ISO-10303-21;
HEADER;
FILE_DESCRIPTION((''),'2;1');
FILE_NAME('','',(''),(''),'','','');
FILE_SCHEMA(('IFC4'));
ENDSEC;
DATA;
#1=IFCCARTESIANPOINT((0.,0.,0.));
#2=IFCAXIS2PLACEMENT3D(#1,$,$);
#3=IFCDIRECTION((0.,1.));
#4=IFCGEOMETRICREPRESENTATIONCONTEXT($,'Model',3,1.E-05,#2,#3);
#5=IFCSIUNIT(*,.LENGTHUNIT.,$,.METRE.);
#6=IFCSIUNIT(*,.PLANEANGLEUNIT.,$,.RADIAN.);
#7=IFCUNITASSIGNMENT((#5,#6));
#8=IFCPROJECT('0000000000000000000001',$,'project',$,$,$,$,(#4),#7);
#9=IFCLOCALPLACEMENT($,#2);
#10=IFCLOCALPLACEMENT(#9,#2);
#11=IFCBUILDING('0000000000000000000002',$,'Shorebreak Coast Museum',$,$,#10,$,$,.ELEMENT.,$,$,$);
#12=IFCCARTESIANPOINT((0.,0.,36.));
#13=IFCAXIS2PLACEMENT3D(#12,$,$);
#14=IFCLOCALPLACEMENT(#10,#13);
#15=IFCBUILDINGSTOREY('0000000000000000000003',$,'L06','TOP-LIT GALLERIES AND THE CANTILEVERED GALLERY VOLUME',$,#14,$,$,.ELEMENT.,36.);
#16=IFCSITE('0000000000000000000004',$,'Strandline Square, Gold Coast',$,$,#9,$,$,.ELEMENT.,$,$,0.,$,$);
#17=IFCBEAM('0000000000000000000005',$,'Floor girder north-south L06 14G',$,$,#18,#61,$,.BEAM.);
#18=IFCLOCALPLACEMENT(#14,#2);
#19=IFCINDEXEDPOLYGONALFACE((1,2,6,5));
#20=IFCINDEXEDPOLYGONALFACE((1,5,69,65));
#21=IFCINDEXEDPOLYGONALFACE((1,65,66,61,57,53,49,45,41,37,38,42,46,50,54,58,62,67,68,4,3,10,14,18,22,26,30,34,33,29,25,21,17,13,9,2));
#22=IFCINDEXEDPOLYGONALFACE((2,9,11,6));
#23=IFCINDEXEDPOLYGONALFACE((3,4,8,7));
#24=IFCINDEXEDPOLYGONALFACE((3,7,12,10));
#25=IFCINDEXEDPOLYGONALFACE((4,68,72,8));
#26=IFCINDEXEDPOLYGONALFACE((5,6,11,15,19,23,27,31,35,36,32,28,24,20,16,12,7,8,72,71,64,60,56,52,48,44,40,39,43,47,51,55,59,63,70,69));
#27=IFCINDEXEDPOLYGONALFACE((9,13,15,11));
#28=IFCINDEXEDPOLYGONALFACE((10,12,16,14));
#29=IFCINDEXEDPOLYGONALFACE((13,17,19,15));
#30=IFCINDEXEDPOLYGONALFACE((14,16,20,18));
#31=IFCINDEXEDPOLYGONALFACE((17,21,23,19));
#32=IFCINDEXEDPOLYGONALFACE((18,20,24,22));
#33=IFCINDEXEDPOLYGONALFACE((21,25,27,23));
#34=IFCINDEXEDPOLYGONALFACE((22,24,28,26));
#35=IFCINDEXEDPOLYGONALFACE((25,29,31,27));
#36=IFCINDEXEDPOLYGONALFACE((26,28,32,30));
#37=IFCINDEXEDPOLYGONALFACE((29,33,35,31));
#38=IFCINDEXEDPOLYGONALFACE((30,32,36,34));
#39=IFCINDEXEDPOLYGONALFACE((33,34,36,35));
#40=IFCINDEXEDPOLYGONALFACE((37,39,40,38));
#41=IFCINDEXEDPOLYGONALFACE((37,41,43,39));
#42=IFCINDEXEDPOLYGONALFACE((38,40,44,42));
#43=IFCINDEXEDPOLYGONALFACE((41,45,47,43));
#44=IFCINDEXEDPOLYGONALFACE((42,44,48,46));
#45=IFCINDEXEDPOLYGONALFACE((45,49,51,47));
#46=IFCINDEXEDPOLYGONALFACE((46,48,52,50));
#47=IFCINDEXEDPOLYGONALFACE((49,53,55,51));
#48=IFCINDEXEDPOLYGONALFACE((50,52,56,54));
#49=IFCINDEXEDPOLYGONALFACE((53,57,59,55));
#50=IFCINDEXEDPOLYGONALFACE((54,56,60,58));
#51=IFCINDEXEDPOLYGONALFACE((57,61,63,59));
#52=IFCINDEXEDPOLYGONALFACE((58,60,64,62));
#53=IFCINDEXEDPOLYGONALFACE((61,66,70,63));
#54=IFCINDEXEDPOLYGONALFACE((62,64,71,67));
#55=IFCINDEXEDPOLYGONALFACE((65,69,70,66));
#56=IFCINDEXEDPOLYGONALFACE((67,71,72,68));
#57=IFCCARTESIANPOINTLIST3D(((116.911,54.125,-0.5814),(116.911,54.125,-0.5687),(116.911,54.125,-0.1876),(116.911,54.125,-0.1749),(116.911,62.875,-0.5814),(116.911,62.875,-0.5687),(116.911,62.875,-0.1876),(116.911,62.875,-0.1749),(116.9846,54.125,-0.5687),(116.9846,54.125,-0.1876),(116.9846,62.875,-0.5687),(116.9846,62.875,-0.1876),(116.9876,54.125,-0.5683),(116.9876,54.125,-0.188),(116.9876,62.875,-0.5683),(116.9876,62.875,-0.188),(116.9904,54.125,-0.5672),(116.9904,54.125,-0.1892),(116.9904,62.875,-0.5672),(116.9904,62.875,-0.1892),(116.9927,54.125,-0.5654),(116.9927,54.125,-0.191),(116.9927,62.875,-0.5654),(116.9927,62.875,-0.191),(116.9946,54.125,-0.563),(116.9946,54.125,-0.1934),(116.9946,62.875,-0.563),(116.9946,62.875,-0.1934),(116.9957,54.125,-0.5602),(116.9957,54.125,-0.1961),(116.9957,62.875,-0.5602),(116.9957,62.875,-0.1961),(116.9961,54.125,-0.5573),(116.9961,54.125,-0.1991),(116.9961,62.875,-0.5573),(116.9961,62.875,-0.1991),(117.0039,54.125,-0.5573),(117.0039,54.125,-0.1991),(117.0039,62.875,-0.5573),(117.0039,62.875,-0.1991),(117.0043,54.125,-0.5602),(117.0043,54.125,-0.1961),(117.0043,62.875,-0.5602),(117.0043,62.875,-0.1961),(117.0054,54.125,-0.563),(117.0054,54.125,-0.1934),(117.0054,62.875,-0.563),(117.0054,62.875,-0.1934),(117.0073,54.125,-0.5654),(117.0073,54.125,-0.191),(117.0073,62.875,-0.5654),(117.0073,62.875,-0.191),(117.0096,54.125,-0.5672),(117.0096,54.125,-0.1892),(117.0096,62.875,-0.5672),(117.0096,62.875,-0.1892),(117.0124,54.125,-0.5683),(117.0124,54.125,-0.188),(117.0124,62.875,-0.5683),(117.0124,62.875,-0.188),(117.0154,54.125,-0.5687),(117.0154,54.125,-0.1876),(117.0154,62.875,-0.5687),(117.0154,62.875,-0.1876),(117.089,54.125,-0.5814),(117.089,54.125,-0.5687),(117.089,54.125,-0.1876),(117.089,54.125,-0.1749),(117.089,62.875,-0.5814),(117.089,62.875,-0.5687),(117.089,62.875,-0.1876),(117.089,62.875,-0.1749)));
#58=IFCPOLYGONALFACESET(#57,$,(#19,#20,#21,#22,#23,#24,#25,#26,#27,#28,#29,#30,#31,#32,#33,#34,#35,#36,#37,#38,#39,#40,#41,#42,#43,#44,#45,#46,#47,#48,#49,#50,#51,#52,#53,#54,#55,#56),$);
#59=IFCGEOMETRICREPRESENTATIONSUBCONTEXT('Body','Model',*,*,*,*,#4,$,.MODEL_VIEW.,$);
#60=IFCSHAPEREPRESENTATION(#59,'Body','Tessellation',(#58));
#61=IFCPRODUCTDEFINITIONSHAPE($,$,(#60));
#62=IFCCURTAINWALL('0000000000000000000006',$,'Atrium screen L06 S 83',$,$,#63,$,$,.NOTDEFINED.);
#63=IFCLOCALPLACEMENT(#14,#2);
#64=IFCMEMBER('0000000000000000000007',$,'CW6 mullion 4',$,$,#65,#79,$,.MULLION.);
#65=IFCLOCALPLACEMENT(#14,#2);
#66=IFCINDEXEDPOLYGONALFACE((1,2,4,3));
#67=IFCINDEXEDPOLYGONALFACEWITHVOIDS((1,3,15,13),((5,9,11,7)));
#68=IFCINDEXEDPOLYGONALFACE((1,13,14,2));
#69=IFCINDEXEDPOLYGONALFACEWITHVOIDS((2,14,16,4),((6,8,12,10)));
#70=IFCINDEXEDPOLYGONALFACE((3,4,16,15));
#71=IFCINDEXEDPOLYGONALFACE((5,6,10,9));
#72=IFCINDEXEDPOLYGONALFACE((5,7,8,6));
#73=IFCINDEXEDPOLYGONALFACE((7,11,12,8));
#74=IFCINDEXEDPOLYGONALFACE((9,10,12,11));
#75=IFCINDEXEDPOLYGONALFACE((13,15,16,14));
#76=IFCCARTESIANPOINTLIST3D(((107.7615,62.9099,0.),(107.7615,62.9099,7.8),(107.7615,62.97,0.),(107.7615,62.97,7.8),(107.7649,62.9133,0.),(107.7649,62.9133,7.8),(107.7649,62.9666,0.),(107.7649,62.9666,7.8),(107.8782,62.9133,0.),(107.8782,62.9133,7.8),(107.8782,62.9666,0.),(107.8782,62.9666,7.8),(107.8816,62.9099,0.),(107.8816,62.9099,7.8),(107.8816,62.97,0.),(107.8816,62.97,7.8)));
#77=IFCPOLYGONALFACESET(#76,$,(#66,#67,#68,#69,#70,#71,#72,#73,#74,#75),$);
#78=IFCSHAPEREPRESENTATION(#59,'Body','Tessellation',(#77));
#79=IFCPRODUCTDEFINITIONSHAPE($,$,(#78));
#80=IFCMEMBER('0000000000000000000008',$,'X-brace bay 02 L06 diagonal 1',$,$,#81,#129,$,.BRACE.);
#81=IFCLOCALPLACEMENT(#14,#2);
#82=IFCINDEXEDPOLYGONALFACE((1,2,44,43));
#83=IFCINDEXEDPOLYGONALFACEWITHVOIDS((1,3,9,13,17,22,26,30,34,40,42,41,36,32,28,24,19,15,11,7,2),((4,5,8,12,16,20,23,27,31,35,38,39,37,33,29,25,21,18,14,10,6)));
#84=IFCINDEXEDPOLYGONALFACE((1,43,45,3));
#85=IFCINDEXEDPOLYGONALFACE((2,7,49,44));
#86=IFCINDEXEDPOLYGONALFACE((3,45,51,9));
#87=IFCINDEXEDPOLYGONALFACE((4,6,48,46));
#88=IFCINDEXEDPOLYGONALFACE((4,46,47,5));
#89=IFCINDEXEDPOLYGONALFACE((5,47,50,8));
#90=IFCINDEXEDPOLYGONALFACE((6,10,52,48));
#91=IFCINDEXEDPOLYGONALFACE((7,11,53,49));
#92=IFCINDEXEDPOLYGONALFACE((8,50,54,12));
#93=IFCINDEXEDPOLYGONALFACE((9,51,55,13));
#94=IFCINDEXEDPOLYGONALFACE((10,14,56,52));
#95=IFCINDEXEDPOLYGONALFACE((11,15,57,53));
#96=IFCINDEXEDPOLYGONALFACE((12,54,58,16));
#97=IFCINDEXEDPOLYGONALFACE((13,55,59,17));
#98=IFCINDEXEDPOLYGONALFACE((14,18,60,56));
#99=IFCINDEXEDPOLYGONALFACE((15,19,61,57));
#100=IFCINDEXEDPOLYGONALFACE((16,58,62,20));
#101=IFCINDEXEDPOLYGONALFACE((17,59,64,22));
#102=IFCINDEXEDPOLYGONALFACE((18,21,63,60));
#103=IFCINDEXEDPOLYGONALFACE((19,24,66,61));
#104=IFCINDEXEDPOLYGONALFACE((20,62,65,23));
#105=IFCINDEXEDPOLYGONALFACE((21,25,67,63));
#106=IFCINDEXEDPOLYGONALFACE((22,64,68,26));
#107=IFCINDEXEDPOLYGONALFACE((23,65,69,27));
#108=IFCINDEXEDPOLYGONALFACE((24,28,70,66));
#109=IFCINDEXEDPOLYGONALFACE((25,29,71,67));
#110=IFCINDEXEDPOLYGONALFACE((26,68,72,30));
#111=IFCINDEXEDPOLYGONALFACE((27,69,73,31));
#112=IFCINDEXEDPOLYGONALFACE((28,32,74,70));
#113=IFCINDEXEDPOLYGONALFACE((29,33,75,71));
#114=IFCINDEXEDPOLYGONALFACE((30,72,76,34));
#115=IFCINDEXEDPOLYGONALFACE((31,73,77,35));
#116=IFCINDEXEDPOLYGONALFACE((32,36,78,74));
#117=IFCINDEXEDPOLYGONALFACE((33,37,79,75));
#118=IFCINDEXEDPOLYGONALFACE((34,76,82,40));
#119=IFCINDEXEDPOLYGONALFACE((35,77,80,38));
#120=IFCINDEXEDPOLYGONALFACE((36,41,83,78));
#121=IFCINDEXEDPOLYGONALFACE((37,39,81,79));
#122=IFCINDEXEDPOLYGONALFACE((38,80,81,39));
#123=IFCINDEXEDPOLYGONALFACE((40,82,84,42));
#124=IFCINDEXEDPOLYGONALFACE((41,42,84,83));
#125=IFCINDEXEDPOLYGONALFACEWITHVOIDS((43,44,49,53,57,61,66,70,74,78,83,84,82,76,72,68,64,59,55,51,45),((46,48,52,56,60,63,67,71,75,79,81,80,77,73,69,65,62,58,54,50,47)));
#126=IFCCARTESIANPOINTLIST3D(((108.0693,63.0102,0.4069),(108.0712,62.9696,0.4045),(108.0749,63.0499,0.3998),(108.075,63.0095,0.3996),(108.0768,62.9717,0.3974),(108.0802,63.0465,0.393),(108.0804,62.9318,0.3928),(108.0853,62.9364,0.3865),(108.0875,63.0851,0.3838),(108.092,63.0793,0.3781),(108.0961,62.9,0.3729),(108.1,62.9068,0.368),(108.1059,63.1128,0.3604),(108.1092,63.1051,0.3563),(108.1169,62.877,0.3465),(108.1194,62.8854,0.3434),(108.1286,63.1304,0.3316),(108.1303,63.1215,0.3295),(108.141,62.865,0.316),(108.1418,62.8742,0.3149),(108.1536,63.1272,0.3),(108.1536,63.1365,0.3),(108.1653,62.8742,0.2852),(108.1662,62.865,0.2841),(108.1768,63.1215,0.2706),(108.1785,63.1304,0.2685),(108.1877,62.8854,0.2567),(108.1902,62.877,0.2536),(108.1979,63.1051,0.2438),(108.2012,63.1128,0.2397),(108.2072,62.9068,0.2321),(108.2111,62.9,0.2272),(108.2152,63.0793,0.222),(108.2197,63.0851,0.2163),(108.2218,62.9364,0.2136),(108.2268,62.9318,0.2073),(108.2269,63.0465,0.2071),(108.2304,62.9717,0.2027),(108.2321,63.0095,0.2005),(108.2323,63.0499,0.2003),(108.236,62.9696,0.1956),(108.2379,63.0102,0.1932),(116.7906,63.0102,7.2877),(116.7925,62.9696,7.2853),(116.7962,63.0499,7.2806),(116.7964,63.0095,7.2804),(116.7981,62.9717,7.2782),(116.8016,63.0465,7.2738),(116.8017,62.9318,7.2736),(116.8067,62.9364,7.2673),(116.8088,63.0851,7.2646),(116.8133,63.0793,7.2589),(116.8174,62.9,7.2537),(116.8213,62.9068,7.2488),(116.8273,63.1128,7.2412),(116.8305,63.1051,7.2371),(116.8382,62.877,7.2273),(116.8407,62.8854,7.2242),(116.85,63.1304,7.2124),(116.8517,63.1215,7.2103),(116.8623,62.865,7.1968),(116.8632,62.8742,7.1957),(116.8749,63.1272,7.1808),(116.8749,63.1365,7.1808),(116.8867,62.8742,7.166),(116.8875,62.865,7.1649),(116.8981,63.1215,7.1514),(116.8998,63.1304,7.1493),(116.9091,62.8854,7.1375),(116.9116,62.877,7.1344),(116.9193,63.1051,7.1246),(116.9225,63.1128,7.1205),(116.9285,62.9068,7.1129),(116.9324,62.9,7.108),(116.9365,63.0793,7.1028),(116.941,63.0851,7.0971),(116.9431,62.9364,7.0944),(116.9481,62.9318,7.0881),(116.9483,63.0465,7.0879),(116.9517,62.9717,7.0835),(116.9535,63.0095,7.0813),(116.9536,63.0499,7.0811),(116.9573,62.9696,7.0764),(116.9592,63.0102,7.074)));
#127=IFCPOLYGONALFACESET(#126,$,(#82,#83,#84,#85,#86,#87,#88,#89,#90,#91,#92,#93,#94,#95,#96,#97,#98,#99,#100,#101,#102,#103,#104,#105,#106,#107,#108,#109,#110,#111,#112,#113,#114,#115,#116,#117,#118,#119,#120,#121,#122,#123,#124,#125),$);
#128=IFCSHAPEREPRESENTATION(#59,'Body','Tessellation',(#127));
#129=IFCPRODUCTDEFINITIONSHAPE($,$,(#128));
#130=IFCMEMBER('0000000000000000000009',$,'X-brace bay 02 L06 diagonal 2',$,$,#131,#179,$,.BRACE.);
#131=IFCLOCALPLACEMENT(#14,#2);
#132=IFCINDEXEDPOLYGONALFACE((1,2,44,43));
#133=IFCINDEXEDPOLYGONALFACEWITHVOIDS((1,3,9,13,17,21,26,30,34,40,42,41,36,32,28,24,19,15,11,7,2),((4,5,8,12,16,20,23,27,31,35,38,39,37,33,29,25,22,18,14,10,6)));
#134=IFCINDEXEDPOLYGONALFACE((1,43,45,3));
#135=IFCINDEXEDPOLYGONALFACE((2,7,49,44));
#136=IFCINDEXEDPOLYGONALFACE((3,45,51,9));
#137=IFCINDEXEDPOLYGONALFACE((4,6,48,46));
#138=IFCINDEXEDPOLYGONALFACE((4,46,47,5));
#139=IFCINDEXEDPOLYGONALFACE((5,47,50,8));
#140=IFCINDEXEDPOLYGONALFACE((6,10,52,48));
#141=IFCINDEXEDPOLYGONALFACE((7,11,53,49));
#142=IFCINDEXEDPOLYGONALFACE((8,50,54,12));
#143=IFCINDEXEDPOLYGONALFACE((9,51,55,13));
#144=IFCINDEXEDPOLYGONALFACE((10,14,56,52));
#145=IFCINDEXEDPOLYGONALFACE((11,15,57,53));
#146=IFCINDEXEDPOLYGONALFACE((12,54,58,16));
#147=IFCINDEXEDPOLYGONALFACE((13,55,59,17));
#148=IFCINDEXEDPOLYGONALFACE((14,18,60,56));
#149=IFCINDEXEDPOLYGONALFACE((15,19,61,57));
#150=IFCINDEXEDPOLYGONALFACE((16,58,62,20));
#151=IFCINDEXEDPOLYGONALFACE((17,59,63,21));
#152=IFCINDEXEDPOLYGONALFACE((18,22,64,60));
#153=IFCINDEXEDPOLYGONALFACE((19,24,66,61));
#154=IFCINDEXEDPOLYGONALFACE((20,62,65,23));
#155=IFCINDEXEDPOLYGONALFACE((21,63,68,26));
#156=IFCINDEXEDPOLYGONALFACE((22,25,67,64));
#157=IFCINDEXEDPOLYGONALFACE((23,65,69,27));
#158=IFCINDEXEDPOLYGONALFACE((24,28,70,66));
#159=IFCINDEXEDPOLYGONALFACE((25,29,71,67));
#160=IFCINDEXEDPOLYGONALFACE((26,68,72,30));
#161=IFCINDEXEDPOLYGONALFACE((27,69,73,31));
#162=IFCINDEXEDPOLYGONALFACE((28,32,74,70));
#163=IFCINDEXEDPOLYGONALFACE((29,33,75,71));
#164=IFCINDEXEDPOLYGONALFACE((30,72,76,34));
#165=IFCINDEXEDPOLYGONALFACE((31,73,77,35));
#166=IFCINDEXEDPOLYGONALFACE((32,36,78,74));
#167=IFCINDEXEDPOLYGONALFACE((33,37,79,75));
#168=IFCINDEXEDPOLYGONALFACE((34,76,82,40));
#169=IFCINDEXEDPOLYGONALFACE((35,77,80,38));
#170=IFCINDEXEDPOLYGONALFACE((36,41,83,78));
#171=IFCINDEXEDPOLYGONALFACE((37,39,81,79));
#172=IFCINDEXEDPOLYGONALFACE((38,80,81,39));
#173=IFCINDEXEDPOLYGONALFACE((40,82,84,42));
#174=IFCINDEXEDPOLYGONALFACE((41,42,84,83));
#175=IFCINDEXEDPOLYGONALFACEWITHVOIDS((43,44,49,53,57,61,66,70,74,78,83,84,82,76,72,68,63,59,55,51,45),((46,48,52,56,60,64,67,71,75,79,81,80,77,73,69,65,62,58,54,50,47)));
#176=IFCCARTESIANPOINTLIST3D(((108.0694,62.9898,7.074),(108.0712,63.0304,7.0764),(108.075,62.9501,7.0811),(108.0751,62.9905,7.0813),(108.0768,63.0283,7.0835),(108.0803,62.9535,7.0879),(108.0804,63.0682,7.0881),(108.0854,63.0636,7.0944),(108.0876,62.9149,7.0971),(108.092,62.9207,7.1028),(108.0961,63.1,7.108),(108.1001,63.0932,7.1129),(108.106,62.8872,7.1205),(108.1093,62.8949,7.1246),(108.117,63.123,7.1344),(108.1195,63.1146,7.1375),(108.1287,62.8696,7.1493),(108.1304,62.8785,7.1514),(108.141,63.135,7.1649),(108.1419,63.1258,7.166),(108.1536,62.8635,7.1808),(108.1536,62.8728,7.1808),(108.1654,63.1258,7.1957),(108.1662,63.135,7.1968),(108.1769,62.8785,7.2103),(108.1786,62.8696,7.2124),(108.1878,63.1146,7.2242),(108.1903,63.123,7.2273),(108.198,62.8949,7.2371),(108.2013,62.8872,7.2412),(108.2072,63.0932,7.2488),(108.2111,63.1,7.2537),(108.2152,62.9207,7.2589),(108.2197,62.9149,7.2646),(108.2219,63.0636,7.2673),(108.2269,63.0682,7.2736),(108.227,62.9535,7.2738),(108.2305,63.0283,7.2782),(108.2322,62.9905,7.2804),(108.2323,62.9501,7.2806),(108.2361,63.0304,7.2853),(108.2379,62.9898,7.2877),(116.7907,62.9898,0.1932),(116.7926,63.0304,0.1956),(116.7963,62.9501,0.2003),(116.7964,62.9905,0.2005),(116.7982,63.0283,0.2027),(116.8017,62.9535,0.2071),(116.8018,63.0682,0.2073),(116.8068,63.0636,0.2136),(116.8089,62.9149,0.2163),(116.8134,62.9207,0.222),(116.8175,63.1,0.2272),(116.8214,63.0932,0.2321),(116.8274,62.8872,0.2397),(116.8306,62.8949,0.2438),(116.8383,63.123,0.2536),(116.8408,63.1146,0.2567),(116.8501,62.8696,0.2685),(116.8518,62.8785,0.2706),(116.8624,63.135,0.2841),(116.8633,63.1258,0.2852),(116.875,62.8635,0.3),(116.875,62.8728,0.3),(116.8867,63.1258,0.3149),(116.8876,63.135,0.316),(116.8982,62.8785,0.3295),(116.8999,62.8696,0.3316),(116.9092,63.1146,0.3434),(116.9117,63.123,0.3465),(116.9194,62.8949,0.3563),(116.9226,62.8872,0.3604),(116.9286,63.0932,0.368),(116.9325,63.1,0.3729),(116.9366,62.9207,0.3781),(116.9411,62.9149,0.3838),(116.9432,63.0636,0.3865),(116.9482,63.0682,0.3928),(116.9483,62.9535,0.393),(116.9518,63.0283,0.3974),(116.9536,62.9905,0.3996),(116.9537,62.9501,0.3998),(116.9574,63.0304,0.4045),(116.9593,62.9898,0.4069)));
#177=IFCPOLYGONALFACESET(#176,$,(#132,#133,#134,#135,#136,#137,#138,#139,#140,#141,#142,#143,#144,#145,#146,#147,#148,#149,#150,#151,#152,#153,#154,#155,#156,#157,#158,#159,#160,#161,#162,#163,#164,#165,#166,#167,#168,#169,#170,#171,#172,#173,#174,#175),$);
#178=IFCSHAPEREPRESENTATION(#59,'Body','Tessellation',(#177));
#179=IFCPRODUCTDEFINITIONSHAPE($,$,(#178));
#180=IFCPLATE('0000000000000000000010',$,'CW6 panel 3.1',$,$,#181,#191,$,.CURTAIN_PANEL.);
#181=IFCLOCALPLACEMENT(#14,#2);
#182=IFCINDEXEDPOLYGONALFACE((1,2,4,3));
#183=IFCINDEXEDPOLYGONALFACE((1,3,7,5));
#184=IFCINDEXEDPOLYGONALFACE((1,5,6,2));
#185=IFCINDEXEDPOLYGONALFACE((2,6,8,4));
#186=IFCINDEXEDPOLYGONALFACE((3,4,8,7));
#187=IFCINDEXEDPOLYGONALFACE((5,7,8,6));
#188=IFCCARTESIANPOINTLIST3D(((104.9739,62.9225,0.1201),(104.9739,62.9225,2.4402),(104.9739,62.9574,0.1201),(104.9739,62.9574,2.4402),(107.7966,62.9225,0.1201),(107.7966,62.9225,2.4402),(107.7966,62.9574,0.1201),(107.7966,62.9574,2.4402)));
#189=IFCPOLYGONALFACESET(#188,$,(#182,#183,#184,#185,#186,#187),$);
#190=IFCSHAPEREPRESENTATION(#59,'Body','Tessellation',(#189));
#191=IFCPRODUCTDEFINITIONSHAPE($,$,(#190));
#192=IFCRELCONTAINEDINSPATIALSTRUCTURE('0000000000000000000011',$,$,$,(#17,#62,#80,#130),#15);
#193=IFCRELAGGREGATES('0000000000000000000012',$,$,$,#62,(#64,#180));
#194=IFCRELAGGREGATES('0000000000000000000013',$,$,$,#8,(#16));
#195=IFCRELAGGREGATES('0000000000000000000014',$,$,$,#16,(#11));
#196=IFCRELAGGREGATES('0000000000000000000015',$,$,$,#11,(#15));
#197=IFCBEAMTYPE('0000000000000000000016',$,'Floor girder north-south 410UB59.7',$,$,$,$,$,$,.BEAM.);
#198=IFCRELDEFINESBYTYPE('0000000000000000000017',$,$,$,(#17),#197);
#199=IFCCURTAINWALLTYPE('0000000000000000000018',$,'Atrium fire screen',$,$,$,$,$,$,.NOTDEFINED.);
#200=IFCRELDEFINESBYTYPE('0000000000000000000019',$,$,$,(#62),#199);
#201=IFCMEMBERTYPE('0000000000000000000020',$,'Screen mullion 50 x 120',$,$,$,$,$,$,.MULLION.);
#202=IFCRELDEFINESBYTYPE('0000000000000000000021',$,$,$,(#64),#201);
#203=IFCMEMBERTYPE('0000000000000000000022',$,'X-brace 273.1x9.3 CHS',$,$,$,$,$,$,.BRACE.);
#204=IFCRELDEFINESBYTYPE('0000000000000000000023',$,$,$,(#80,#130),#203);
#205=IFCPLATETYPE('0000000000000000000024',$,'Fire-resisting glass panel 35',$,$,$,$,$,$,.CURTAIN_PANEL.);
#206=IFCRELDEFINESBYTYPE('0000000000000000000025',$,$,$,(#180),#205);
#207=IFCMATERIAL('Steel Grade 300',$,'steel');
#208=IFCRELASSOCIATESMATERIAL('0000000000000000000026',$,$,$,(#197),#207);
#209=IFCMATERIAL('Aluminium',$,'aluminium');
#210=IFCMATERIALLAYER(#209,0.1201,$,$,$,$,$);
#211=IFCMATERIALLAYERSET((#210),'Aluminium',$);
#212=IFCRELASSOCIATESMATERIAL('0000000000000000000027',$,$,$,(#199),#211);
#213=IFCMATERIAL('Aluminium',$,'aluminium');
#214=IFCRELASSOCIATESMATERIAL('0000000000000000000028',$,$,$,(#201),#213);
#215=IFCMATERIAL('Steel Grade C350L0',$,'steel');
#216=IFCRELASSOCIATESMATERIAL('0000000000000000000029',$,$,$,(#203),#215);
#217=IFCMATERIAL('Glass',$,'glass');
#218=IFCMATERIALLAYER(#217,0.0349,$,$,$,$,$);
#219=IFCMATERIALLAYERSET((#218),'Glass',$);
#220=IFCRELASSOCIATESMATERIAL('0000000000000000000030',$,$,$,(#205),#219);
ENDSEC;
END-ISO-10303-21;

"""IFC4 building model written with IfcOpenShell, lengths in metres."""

from ifc_helpers import new_model, si_unit, direction, frame, origin, origin_2d, place, context, subcontext, project, spatial, rectangle, hollow_rectangle, hollow_circle, i_section, extrude, material, layer, layer_set, material_profile, profile_set, type_object, element, aggregate, save


model = new_model("IFC4")

# Units and contexts
model_context = context("Model", 3, precision=1e-05, world=origin(), true_north=direction((0.0, 1.0)))
body_context = subcontext(model_context, "Body", "Model", "MODEL_VIEW")
ifc_project = project(units=[si_unit("LENGTHUNIT", "METRE"), si_unit("PLANEANGLEUNIT", "RADIAN")], contexts=[model_context])

# Site, building, storey
site_placement = place(None, origin())
site = spatial("IfcSite", under=ifc_project, at=site_placement, Name="Strandline Square, Gold Coast", CompositionType="ELEMENT", RefElevation=0.0)
building_placement = place(site_placement, origin())
building = spatial("IfcBuilding", under=site, at=building_placement, Name="Shorebreak Coast Museum", CompositionType="ELEMENT")
storey_placement = place(building_placement, frame((0.0, 0.0, 36.0)))
storey = spatial("IfcBuildingStorey", under=building, at=storey_placement, Name="L06", Description="TOP-LIT GALLERIES AND THE CANTILEVERED GALLERY VOLUME", CompositionType="ELEMENT", Elevation=36.0)

# Beam
ifc_material_1 = material(Name="Steel Grade 300", Category="steel")
ifc_material_profile_1 = material_profile(ifc_material_1, i_section(OverallWidth=0.178, OverallDepth=0.4065, WebThickness=0.0078, FlangeThickness=0.0127, FilletRadius=0.0115, at=origin_2d()), Name="410UB59.7")
ifc_profile_set_1 = profile_set([ifc_material_profile_1], Name="Steel Grade 300")
beam_type_1 = type_object("IfcBeamType", Name="Floor girder north-south 410UB59.7", PredefinedType="BEAM", material=ifc_profile_set_1)
beam_1_placement = place(storey_placement, frame((117.0, 54.125, -0.3782), z_axis=(0.0, 1.0, 0.0), x_axis=(-1.0, 0.0, 0.0)))
element("IfcBeam", 1, at=beam_1_placement, inside=storey, type_object=beam_type_1, Name="Floor girder north-south L06 14G", PredefinedType="BEAM", context=body_context, shape_type="SweptSolid", body=[
    extrude(i_section(OverallWidth=0.178, OverallDepth=0.4065, WebThickness=0.0078, FlangeThickness=0.0127, FilletRadius=0.0115, at=origin_2d()), origin(), (0.0, 0.0, 1.0), 8.75),
])

# Curtain wall, member
ifc_material_2 = material(Name="Aluminium", Category="aluminium")
ifc_layer_1 = layer(ifc_material_2, 0.1201)
ifc_layer_set_1 = layer_set([ifc_layer_1], Name="Aluminium")
curtain_wall_type = type_object("IfcCurtainWallType", Name="Atrium fire screen", PredefinedType="NOTDEFINED", material=ifc_layer_set_1)
curtain_wall_placement = place(storey_placement, origin())
curtain_wall = element("IfcCurtainWall", 2, at=curtain_wall_placement, inside=storey, type_object=curtain_wall_type, Name="Atrium screen L06 S 83", PredefinedType="NOTDEFINED")
ifc_material_3 = material(Name="Aluminium", Category="aluminium")
ifc_material_profile_2 = material_profile(ifc_material_3, hollow_rectangle(XDim=0.0601, YDim=0.1201, WallThickness=0.0034, at=origin_2d()), Name="AL 120x60 RHS")
ifc_profile_set_2 = profile_set([ifc_material_profile_2], Name="Aluminium")
member_type_1 = type_object("IfcMemberType", Name="Screen mullion 50 x 120", PredefinedType="MULLION", material=ifc_profile_set_2)
member_placement = place(storey_placement, frame((107.8215, 62.9399, 0.0), z_axis=(0.0, 0.0, 1.0), x_axis=(0.0, 1.0, 0.0)))
member = element("IfcMember", 3, at=member_placement, type_object=member_type_1, Name="CW6 mullion 4", PredefinedType="MULLION", context=body_context, shape_type="SweptSolid", body=[
    extrude(hollow_rectangle(XDim=0.0601, YDim=0.1201, WallThickness=0.0034, at=origin_2d()), origin(), (0.0, 0.0, 1.0), 7.8),
])

# Members
ifc_material_4 = material(Name="Steel Grade C350L0", Category="steel")
ifc_material_profile_3 = material_profile(ifc_material_4, hollow_circle(Radius=0.1365, WallThickness=0.0093, at=origin_2d()), Name="273.1x9.3 CHS")
ifc_profile_set_3 = profile_set([ifc_material_profile_3], Name="Steel Grade C350L0")
member_type_2 = type_object("IfcMemberType", Name="X-brace 273.1x9.3 CHS", PredefinedType="BRACE", material=ifc_profile_set_3)
for number, where, z_axis, x_axis, name in (
    (4, (108.1536, 63.0, 0.3), (0.785079, 0.0, 0.619396), (0.0, 1.0, 0.0), "X-brace bay 02 L06 diagonal 1"),
    (5, (116.875, 63.0, 0.3), (-0.785079, 0.0, 0.619396), (0.0, -1.0, 0.0), "X-brace bay 02 L06 diagonal 2"),
):
    element("IfcMember", number, at=place(storey_placement, frame(where, z_axis=z_axis, x_axis=x_axis)), inside=storey, type_object=member_type_2, Name=name, PredefinedType="BRACE", context=body_context, shape_type="SweptSolid", body=[
        extrude(hollow_circle(Radius=0.1365, WallThickness=0.0093, at=origin_2d()), origin(), (0.0, 0.0, 1.0), 11.1089),
    ])

# Plate
ifc_material_5 = material(Name="Glass", Category="glass")
ifc_layer_2 = layer(ifc_material_5, 0.0349)
ifc_layer_set_2 = layer_set([ifc_layer_2], Name="Glass")
plate_type = type_object("IfcPlateType", Name="Fire-resisting glass panel 35", PredefinedType="CURTAIN_PANEL", material=ifc_layer_set_2)
plate_placement = place(storey_placement, frame((106.3853, 62.9399, 0.1201), z_axis=(0.0, 0.0, 1.0), x_axis=(1.0, 0.0, 0.0)))
plate = element("IfcPlate", 6, at=plate_placement, type_object=plate_type, Name="CW6 panel 3.1", PredefinedType="CURTAIN_PANEL", context=body_context, shape_type="SweptSolid", body=[
    extrude(rectangle(XDim=2.8228, YDim=0.0349, at=origin_2d()), origin(), (0.0, 0.0, 1.0), 2.3201),
])
aggregate(curtain_wall, [member, plate])

save(model, "model.ifc")
